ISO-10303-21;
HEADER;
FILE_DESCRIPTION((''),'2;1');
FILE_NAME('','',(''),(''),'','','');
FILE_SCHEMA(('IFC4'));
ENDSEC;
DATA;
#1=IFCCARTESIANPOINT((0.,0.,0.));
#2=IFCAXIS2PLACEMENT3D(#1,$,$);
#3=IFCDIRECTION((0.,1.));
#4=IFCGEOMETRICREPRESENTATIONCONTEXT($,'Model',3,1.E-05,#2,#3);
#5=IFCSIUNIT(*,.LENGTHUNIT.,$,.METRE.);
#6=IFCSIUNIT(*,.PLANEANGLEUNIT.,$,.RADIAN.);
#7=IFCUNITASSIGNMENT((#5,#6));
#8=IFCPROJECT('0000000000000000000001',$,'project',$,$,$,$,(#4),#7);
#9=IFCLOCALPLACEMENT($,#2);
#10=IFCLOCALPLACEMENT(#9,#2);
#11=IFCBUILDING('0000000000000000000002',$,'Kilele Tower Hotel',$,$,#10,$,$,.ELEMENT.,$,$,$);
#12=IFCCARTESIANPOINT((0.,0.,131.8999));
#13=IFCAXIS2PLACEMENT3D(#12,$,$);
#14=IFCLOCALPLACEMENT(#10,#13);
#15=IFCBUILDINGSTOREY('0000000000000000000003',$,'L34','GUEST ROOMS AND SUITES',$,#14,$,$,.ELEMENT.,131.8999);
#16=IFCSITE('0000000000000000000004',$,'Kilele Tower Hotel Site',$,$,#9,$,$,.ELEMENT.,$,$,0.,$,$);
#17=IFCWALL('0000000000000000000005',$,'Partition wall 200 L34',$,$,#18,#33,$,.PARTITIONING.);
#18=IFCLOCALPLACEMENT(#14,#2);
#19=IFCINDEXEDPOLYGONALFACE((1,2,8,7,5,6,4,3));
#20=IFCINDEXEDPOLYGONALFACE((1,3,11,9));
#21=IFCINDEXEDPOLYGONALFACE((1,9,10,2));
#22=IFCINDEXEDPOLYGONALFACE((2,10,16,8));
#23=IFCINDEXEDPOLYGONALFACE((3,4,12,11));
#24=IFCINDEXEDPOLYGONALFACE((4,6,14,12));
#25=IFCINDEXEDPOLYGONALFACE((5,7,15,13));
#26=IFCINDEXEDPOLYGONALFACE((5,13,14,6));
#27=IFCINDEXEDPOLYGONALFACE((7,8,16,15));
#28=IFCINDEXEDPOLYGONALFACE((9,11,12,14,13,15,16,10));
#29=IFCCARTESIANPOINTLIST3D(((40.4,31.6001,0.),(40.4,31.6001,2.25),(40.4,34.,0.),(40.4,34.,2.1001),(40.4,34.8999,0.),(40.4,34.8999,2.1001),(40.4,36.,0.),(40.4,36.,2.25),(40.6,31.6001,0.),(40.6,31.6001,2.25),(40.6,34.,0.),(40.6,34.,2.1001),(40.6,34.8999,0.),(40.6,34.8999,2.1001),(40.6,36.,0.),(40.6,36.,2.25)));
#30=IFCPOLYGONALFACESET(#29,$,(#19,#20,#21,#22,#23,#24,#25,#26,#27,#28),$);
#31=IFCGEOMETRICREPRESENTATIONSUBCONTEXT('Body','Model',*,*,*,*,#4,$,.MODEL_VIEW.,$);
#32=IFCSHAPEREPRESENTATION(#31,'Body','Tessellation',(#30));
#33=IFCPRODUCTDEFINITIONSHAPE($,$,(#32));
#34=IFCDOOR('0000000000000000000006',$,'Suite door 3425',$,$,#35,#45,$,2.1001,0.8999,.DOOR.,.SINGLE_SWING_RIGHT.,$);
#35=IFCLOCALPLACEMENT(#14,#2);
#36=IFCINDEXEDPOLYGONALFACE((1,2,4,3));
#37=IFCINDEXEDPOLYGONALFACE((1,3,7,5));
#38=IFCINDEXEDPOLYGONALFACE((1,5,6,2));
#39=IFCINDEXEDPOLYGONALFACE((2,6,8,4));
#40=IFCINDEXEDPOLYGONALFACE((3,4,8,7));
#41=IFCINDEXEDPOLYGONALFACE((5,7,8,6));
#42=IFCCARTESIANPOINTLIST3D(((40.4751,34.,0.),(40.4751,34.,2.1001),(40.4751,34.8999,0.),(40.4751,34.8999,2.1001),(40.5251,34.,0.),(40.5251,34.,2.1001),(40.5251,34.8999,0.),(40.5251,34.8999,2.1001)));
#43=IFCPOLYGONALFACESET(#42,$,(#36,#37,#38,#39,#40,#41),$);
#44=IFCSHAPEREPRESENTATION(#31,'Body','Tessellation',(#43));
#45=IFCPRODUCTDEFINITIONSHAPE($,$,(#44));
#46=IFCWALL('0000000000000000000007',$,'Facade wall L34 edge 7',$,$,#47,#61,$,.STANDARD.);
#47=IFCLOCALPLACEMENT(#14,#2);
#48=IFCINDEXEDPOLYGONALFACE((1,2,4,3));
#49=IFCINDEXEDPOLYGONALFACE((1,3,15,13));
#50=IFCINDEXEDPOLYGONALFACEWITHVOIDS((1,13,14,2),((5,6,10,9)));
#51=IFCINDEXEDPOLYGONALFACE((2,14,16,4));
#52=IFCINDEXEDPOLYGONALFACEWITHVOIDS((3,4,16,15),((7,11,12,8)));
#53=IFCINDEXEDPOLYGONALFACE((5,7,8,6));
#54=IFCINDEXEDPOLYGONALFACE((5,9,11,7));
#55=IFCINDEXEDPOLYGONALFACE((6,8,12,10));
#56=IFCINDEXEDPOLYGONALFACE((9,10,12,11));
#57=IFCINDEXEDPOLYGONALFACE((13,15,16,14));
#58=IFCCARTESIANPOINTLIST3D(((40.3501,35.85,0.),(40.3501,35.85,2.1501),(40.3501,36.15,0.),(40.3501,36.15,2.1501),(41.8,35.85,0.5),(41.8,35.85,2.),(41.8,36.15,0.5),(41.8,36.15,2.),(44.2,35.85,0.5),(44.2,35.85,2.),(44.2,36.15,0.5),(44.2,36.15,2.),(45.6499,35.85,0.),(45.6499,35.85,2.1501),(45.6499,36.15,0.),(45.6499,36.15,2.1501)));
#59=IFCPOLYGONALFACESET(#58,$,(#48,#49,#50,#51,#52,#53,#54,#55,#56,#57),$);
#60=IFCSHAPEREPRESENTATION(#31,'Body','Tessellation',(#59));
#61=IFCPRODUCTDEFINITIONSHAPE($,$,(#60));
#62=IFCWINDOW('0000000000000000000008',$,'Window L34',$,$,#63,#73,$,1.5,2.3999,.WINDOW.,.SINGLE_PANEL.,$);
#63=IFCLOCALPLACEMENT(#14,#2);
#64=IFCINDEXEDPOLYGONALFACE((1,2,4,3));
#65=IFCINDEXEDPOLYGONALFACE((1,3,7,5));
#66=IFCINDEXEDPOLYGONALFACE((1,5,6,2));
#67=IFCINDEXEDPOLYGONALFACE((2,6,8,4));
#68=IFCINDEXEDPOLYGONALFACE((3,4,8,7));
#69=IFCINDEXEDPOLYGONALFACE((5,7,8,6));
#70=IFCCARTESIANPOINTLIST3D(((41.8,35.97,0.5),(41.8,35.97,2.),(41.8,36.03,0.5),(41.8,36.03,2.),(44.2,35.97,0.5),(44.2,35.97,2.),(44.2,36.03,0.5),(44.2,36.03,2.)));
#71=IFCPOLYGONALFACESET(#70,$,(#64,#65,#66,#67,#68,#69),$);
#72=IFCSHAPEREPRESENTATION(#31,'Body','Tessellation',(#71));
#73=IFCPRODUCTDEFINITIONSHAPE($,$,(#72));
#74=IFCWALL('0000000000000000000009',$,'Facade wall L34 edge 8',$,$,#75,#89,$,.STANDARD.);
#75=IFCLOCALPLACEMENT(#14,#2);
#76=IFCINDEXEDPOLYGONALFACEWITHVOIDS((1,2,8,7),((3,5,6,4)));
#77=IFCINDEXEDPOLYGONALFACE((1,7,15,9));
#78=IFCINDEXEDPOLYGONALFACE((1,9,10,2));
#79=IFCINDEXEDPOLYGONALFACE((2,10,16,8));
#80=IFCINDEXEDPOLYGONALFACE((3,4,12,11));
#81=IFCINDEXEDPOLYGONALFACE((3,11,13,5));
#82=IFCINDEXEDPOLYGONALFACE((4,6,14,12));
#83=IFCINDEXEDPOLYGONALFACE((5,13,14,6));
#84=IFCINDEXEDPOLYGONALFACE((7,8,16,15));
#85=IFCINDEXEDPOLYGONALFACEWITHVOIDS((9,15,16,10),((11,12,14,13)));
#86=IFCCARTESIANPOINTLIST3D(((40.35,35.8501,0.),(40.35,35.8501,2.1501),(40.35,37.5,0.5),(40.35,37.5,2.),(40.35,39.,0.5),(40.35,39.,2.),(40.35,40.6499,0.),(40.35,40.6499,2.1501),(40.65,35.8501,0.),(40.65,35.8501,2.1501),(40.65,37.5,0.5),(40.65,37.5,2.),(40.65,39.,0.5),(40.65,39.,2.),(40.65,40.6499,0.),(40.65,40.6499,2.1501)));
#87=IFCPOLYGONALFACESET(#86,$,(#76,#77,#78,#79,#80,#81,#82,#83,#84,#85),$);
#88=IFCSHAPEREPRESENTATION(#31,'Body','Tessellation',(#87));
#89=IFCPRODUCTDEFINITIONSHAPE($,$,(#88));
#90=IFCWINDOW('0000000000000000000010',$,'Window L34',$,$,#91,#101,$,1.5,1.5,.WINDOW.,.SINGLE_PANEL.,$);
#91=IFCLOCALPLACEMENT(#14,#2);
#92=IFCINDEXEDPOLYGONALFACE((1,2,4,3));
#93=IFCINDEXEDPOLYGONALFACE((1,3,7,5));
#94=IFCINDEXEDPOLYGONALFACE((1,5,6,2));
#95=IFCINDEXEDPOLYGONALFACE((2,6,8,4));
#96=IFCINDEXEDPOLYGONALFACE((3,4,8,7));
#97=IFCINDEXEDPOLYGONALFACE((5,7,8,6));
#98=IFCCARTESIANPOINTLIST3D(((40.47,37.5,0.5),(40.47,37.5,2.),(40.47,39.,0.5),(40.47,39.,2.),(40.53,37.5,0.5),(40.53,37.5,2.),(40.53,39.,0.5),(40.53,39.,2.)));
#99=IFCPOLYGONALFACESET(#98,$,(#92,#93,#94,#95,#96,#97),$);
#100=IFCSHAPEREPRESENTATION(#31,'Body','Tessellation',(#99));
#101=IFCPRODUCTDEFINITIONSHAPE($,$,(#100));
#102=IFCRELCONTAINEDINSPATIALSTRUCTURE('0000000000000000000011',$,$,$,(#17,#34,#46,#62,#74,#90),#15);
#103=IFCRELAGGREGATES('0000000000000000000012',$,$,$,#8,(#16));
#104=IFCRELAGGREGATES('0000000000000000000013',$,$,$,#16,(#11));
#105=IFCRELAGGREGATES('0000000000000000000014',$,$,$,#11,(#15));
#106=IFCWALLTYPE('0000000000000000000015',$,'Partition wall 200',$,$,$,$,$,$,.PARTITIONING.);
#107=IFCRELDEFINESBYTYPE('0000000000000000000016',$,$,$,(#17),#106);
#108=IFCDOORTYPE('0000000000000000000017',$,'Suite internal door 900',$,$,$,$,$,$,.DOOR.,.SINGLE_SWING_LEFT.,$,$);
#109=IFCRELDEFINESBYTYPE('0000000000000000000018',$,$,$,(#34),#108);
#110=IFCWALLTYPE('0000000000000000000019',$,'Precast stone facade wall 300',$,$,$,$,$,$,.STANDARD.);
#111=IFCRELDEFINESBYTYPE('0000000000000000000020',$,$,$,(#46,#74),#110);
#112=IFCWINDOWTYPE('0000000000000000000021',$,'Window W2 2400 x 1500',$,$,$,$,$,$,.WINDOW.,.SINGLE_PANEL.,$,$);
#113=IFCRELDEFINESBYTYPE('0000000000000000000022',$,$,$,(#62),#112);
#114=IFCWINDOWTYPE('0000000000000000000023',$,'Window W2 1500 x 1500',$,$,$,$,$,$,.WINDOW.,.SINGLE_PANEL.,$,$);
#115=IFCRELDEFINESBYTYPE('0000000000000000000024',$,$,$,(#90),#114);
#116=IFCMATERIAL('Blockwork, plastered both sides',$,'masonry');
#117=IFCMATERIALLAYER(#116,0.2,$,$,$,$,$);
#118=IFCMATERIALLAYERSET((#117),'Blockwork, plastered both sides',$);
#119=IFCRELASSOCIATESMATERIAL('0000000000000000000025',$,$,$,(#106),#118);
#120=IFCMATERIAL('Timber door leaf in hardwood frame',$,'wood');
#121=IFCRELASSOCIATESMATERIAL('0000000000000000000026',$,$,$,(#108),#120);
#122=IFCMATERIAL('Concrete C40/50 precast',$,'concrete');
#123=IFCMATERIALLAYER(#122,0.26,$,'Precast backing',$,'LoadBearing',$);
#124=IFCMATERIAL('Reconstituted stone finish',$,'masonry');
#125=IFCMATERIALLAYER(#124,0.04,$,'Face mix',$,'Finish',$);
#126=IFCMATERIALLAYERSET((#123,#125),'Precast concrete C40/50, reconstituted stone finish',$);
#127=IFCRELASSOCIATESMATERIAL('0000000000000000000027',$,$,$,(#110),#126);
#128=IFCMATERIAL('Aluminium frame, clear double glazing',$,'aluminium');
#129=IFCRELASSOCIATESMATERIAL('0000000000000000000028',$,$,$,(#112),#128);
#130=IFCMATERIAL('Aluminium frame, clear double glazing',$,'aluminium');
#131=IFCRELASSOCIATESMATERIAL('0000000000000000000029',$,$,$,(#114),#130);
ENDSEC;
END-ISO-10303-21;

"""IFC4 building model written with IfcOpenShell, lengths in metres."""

from ifc_helpers import new_model, si_unit, direction, frame, frame_2d, origin, place, context, subcontext, project, spatial, rectangle, extrude, material, layer, layer_set, type_object, element, fill, save


model = new_model("IFC4")

# Units and contexts
model_context = context("Model", 3, precision=1e-05, world=origin(), true_north=direction((0.0, 1.0)))
body_context = subcontext(model_context, "Body", "Model", "MODEL_VIEW")
ifc_project = project(units=[si_unit("LENGTHUNIT", "METRE"), si_unit("PLANEANGLEUNIT", "RADIAN")], contexts=[model_context])

# Site, building, storey
site_placement = place(None, origin())
site = spatial("IfcSite", under=ifc_project, at=site_placement, Name="Kilele Tower Hotel Site", CompositionType="ELEMENT", RefElevation=0.0)
building_placement = place(site_placement, origin())
building = spatial("IfcBuilding", under=site, at=building_placement, Name="Kilele Tower Hotel", CompositionType="ELEMENT")
storey_placement = place(building_placement, frame((0.0, 0.0, 131.8999)))
storey = spatial("IfcBuildingStorey", under=building, at=storey_placement, Name="L34", Description="GUEST ROOMS AND SUITES", CompositionType="ELEMENT", Elevation=131.8999)

# Wall, opening, door
ifc_material_1 = material(Name="Blockwork, plastered both sides", Category="masonry")
ifc_layer_1 = layer(ifc_material_1, 0.2)
ifc_layer_set_1 = layer_set([ifc_layer_1], Name="Blockwork, plastered both sides")
wall_type_1 = type_object("IfcWallType", Name="Partition wall 200", PredefinedType="PARTITIONING", material=ifc_layer_set_1)
wall_1_placement = place(storey_placement, frame((40.5, 31.6001, 0.0), z_axis=(0.0, 0.0, 1.0), x_axis=(0.0, 1.0, 0.0)))
wall_1 = element("IfcWall", 1, at=wall_1_placement, inside=storey, type_object=wall_type_1, Name="Partition wall 200 L34", PredefinedType="PARTITIONING", context=body_context, shape_type="SweptSolid", body=[
    extrude(rectangle(XDim=4.3999, YDim=0.2, at=frame_2d((2.2, 0.0))), origin(), (0.0, 0.0, 1.0), 2.25),
])
opening_1_placement = place(wall_1_placement, frame((2.3999, 0.0, 0.0)))
opening_1 = element("IfcOpeningElement", 2, at=opening_1_placement, cuts=wall_1, PredefinedType="OPENING", context=body_context, shape_type="SweptSolid", body=[
    extrude(rectangle(XDim=0.8999, YDim=2.1001, at=frame_2d((0.45, 1.05))), frame((0.0, 0.1099, 0.0), z_axis=(0.0, -1.0, 0.0), x_axis=(1.0, 0.0, 0.0)), (0.0, 0.0, 1.0), 0.22),
])
ifc_material_2 = material(Name="Timber door leaf in hardwood frame", Category="wood")
door_type_1 = type_object("IfcDoorType", Name="Suite internal door 900", OperationType="SINGLE_SWING_LEFT", PredefinedType="DOOR", material=ifc_material_2)
door_1_placement = place(opening_1_placement, origin())
door_1 = element("IfcDoor", 3, at=door_1_placement, inside=storey, type_object=door_type_1, Name="Suite door 3425", OperationType="SINGLE_SWING_RIGHT", OverallHeight=2.1001, OverallWidth=0.8999, PredefinedType="DOOR", context=body_context, shape_type="SweptSolid", body=[
    extrude(rectangle(XDim=0.8999, YDim=2.1001, at=frame_2d((0.45, 1.05))), frame((0.0, 0.0249, 0.0), z_axis=(0.0, -1.0, 0.0), x_axis=(1.0, 0.0, 0.0)), (0.0, 0.0, 1.0), 0.05),
])
fill(opening_1, door_1)

# Walls, openings, windows
ifc_material_3 = material(Name="Concrete C40/50 precast", Category="concrete")
ifc_layer_2 = layer(ifc_material_3, 0.26, Name="Precast backing", Category="LoadBearing")
ifc_material_4 = material(Name="Reconstituted stone finish", Category="masonry")
ifc_layer_3 = layer(ifc_material_4, 0.04, Name="Face mix", Category="Finish")
ifc_layer_set_2 = layer_set([ifc_layer_2, ifc_layer_3], Name="Precast concrete C40/50, reconstituted stone finish")
wall_type_2 = type_object("IfcWallType", Name="Precast stone facade wall 300", PredefinedType="STANDARD", material=ifc_layer_set_2)
wall_2_placement = place(storey_placement, frame((45.6499, 36.0, 0.0), z_axis=(0.0, 0.0, 1.0), x_axis=(-1.0, 0.0, 0.0)))
wall_2 = element("IfcWall", 4, at=wall_2_placement, inside=storey, type_object=wall_type_2, Name="Facade wall L34 edge 7", PredefinedType="STANDARD", context=body_context, shape_type="SweptSolid", body=[
    extrude(rectangle(XDim=5.2998, YDim=0.3, at=frame_2d((2.6499, 0.0))), origin(), (0.0, 0.0, 1.0), 2.1501),
])
opening_2_placement = place(wall_2_placement, frame((1.45, 0.0, 0.5)))
opening_2 = element("IfcOpeningElement", 5, at=opening_2_placement, cuts=wall_2, PredefinedType="OPENING", context=body_context, shape_type="SweptSolid", body=[
    extrude(rectangle(XDim=2.3999, YDim=1.5, at=frame_2d((1.2, 0.75))), frame((0.0, 0.1599, 0.0), z_axis=(0.0, -1.0, 0.0), x_axis=(1.0, 0.0, 0.0)), (0.0, 0.0, 1.0), 0.3201),
])
ifc_material_5 = material(Name="Aluminium frame, clear double glazing", Category="aluminium")
window_type_1 = type_object("IfcWindowType", Name="Window W2 2400 x 1500", PartitioningType="SINGLE_PANEL", PredefinedType="WINDOW", material=ifc_material_5)
window_1_placement = place(opening_2_placement, origin())
window_1 = element("IfcWindow", 6, at=window_1_placement, inside=storey, type_object=window_type_1, Name="Window L34", OverallHeight=1.5, OverallWidth=2.3999, PartitioningType="SINGLE_PANEL", PredefinedType="WINDOW", context=body_context, shape_type="SweptSolid", body=[
    extrude(rectangle(XDim=2.3999, YDim=1.5, at=frame_2d((1.2, 0.75))), frame((0.0, 0.03, 0.0), z_axis=(0.0, -1.0, 0.0), x_axis=(1.0, 0.0, 0.0)), (0.0, 0.0, 1.0), 0.0601),
])
fill(opening_2, window_1)
wall_3_placement = place(storey_placement, frame((40.5, 35.8501, 0.0), z_axis=(0.0, 0.0, 1.0), x_axis=(0.0, 1.0, 0.0)))
wall_3 = element("IfcWall", 7, at=wall_3_placement, inside=storey, type_object=wall_type_2, Name="Facade wall L34 edge 8", PredefinedType="STANDARD", context=body_context, shape_type="SweptSolid", body=[
    extrude(rectangle(XDim=4.7998, YDim=0.3, at=frame_2d((2.3999, 0.0))), origin(), (0.0, 0.0, 1.0), 2.1501),
])
opening_3_placement = place(wall_3_placement, frame((1.6499, 0.0, 0.5)))
opening_3 = element("IfcOpeningElement", 8, at=opening_3_placement, cuts=wall_3, PredefinedType="OPENING", context=body_context, shape_type="SweptSolid", body=[
    extrude(rectangle(XDim=1.5, YDim=1.5, at=frame_2d((0.75, 0.75))), frame((0.0, 0.1599, 0.0), z_axis=(0.0, -1.0, 0.0), x_axis=(1.0, 0.0, 0.0)), (0.0, 0.0, 1.0), 0.3201),
])
ifc_material_6 = material(Name="Aluminium frame, clear double glazing", Category="aluminium")
window_type_2 = type_object("IfcWindowType", Name="Window W2 1500 x 1500", PartitioningType="SINGLE_PANEL", PredefinedType="WINDOW", material=ifc_material_6)
window_2_placement = place(opening_3_placement, origin())
window_2 = element("IfcWindow", 9, at=window_2_placement, inside=storey, type_object=window_type_2, Name="Window L34", OverallHeight=1.5, OverallWidth=1.5, PartitioningType="SINGLE_PANEL", PredefinedType="WINDOW", context=body_context, shape_type="SweptSolid", body=[
    extrude(rectangle(XDim=1.5, YDim=1.5, at=frame_2d((0.75, 0.75))), frame((0.0, 0.03, 0.0), z_axis=(0.0, -1.0, 0.0), x_axis=(1.0, 0.0, 0.0)), (0.0, 0.0, 1.0), 0.0601),
])
fill(opening_3, window_2)

save(model, "model.ifc")
